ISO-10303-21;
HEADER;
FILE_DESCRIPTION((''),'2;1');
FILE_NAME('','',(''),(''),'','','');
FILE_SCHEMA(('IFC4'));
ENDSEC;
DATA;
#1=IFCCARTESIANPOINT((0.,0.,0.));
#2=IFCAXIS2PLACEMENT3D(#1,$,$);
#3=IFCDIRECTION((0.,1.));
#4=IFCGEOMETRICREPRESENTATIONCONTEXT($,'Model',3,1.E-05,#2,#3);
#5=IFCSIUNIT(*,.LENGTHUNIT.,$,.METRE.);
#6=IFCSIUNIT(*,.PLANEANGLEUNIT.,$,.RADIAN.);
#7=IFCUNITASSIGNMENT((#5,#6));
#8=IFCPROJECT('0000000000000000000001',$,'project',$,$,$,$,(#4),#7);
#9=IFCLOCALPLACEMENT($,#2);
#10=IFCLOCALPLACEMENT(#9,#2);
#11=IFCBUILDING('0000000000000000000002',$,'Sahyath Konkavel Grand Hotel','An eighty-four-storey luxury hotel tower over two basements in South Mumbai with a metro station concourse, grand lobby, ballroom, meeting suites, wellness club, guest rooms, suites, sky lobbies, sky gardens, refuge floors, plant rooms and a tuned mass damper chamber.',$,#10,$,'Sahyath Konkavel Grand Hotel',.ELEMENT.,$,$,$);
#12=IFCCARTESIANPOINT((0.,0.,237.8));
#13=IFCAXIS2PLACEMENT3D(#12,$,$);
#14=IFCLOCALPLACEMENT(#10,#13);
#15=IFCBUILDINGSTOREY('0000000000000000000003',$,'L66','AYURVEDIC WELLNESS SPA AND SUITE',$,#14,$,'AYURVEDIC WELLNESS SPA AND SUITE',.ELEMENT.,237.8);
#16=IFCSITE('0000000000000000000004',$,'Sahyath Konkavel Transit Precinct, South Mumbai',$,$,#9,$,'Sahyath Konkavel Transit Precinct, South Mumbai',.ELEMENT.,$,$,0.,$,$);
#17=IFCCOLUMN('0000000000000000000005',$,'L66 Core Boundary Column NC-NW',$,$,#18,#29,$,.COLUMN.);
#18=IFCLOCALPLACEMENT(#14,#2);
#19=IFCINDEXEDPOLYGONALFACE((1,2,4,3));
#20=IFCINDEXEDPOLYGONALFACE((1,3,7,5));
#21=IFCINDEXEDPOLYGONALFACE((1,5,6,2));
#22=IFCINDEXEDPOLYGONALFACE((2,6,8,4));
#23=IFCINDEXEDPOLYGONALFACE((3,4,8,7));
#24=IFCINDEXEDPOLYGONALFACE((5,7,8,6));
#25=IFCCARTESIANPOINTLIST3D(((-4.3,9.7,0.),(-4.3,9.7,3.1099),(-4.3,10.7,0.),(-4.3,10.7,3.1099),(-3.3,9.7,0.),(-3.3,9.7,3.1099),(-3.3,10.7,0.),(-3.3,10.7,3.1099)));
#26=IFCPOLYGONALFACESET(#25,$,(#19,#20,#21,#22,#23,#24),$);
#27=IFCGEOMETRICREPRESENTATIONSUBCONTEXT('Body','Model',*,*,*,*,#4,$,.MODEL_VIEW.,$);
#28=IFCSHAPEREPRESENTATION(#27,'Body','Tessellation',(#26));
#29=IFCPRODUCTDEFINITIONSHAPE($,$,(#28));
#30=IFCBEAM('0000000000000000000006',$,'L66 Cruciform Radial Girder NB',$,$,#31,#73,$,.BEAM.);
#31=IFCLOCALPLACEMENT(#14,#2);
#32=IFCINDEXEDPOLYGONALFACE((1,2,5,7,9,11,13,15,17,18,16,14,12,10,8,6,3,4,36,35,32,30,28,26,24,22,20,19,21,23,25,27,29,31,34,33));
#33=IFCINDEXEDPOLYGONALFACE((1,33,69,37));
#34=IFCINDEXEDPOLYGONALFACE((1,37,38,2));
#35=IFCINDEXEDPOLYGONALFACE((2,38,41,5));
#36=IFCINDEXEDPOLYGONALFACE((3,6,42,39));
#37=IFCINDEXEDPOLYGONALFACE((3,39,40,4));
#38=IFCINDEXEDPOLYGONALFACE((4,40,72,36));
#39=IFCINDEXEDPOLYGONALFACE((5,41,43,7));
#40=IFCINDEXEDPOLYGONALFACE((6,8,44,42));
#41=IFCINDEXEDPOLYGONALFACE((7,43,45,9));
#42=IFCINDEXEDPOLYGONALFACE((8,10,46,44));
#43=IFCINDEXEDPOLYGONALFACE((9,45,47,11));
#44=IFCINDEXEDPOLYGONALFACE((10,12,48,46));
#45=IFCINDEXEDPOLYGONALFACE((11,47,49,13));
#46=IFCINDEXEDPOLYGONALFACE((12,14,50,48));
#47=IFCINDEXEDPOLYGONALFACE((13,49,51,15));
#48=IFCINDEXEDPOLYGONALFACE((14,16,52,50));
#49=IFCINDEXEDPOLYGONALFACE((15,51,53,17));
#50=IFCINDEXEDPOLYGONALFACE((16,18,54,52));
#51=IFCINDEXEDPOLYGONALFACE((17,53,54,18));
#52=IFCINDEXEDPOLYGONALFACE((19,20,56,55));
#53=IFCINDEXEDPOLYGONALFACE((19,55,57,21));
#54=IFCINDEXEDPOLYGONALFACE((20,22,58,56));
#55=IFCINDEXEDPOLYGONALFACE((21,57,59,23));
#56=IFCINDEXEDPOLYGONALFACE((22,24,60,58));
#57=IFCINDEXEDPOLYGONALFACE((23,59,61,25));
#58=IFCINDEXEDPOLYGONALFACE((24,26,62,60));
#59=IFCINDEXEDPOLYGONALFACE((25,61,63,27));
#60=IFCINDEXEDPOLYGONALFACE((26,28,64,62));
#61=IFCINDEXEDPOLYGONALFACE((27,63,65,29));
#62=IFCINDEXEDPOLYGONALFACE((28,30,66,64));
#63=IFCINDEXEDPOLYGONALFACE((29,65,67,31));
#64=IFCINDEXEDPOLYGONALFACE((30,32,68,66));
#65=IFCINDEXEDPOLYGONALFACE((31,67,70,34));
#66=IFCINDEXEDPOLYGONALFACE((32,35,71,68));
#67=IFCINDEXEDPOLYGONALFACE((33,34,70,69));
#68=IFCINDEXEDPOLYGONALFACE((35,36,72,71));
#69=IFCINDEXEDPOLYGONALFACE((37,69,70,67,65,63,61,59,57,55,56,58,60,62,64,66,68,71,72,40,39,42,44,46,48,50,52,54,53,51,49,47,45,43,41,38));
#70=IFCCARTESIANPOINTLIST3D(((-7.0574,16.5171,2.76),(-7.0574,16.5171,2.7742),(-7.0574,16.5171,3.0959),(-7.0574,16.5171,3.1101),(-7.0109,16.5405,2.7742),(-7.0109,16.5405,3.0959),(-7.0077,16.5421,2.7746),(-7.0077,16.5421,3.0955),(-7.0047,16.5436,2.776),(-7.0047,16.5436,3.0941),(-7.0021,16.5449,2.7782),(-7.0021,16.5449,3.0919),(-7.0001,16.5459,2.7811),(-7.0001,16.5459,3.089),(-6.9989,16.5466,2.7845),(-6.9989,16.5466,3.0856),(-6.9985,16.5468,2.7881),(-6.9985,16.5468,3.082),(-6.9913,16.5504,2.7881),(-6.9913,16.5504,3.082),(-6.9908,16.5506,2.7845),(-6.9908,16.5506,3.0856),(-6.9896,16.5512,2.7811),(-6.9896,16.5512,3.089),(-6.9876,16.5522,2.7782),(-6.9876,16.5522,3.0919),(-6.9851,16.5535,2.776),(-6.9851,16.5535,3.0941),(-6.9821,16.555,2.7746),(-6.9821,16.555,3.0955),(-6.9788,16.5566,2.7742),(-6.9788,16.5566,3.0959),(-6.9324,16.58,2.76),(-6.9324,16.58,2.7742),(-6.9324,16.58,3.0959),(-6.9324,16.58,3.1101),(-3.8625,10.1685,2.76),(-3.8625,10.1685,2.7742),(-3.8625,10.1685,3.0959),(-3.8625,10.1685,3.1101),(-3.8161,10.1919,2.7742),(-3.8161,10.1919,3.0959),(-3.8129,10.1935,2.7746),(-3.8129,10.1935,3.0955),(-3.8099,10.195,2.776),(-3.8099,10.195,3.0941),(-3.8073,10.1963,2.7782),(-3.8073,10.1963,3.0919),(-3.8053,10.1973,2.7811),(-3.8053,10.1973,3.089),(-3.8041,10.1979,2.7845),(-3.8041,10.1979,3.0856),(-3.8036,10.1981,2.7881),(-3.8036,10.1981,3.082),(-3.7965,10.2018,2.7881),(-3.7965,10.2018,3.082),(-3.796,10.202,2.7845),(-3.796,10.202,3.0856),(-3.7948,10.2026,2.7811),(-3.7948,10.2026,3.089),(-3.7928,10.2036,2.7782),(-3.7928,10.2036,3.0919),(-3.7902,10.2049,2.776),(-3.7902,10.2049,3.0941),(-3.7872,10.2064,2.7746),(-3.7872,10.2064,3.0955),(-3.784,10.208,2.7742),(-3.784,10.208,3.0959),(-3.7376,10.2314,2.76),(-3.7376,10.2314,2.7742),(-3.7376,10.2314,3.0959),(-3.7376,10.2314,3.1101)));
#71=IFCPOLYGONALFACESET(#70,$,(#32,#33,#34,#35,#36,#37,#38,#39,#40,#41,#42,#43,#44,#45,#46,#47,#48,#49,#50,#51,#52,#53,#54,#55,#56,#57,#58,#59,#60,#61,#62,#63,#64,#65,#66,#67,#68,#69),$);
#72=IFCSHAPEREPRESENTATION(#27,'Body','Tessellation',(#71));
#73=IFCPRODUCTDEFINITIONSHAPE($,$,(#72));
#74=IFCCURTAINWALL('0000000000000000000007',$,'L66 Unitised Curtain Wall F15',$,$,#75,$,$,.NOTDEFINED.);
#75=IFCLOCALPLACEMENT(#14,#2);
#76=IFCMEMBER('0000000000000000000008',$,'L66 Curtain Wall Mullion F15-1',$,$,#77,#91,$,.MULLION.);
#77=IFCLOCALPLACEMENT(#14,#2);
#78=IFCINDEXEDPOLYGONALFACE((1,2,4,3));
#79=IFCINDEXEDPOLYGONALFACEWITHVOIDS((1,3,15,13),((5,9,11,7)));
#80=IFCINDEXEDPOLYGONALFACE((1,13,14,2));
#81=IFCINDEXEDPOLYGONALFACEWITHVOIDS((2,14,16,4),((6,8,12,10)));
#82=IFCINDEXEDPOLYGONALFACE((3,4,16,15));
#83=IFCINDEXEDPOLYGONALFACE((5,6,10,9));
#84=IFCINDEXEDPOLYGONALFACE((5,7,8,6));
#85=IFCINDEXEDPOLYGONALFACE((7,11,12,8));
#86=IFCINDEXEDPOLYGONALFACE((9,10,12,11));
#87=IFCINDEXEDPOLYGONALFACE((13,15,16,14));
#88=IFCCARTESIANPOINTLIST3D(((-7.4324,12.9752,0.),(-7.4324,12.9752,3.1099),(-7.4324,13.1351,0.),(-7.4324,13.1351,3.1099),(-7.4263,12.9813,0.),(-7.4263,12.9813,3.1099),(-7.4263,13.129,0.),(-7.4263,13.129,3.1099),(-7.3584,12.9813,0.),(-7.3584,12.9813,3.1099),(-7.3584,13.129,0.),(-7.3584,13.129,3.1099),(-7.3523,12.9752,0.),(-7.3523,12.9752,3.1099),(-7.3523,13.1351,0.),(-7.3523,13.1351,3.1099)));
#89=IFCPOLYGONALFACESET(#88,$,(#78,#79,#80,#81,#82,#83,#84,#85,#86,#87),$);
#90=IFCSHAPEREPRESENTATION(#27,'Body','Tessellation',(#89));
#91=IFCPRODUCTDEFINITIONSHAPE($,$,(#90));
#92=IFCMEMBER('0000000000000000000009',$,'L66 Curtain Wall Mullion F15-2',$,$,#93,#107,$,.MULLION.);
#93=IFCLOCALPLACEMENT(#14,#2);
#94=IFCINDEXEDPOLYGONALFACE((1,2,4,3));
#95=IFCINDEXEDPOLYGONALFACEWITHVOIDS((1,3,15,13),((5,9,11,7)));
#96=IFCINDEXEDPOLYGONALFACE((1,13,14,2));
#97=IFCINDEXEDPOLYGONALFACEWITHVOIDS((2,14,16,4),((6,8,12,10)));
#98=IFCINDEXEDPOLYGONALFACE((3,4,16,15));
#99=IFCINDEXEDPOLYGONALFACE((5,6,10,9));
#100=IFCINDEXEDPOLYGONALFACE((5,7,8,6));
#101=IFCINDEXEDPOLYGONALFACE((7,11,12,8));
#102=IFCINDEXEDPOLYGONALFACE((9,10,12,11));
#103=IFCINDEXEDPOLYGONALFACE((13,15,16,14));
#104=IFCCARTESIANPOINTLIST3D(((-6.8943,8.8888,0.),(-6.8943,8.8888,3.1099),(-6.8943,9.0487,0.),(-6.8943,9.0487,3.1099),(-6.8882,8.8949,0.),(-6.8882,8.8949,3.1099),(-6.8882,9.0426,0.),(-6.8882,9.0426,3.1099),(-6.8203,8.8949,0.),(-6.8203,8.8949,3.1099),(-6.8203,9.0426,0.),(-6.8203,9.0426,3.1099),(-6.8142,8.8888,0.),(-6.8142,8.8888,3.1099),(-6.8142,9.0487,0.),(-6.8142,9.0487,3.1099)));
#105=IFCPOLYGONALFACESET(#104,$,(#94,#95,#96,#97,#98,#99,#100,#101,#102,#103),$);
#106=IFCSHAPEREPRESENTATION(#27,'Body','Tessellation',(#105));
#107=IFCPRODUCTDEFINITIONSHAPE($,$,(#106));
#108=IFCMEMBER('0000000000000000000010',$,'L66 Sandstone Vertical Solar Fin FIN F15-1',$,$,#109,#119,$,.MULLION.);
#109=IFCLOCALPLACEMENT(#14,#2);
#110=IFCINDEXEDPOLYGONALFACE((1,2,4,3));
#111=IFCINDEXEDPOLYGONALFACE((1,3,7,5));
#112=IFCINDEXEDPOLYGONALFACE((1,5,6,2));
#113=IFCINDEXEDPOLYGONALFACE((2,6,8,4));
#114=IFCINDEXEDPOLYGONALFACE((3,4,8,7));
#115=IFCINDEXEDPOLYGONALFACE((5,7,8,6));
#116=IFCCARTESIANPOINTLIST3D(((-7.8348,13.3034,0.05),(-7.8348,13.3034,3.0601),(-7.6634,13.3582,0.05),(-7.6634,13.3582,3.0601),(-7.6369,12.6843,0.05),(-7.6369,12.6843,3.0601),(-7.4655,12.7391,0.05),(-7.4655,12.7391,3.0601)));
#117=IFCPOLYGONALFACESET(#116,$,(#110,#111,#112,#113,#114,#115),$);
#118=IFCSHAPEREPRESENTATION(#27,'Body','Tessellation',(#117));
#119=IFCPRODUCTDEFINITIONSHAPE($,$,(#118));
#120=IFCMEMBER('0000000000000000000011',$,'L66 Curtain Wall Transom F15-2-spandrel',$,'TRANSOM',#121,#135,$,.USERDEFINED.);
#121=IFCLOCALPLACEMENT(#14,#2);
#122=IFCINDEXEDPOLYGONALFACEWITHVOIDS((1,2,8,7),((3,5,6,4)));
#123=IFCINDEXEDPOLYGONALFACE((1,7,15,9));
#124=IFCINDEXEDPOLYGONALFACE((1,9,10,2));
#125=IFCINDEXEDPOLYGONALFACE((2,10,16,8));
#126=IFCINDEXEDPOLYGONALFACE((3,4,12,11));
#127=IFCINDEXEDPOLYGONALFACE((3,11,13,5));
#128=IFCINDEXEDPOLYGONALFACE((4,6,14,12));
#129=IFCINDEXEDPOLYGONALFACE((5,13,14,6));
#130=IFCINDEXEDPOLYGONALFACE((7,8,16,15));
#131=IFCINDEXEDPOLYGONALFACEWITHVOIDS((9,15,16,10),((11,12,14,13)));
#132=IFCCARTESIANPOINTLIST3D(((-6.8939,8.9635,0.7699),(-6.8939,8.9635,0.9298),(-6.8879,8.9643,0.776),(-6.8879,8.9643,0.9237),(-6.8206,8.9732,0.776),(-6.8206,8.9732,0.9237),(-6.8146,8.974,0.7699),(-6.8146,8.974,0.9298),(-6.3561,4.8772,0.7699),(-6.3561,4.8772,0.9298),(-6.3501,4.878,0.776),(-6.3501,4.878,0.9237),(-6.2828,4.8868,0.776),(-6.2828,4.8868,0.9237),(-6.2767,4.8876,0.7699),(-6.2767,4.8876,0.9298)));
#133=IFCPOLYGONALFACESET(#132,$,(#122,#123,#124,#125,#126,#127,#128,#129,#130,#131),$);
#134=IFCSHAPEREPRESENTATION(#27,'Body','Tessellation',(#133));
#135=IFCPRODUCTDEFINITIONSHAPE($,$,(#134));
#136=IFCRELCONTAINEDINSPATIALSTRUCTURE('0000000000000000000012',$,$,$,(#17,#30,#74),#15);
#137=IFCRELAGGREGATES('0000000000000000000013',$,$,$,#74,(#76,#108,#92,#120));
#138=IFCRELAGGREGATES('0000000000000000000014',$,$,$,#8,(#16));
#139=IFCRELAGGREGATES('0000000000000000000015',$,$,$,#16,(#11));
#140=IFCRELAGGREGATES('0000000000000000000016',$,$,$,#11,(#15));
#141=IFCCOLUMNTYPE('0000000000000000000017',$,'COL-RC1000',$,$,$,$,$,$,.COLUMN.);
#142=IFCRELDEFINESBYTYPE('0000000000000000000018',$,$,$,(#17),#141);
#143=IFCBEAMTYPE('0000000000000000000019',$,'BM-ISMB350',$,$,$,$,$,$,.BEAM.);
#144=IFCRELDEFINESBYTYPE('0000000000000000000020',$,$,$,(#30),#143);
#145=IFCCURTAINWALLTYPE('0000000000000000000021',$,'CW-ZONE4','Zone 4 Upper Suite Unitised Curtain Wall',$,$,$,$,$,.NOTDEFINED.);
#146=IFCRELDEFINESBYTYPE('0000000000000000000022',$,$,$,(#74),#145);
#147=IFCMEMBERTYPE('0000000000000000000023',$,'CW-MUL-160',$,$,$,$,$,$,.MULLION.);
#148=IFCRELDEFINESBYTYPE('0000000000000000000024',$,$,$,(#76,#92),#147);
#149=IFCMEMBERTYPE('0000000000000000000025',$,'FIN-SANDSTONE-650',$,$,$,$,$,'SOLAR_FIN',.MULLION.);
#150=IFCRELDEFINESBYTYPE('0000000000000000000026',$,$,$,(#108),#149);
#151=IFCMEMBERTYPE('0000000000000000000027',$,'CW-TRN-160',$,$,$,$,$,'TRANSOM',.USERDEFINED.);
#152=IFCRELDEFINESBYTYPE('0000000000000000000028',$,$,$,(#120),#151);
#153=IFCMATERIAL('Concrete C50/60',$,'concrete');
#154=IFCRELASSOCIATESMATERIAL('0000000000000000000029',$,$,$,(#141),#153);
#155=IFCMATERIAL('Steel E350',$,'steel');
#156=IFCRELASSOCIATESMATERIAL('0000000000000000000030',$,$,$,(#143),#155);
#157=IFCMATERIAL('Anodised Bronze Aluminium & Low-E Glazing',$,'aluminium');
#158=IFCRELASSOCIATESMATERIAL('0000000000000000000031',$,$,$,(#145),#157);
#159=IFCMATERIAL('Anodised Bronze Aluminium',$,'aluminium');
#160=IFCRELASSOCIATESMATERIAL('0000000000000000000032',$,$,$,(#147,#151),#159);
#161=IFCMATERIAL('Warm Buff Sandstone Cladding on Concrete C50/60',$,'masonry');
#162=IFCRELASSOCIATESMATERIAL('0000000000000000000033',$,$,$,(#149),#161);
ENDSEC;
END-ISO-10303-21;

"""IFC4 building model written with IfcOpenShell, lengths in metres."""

from ifc_helpers import new_model, si_unit, direction, frame, origin, origin_2d, place, context, subcontext, project, spatial, rectangle, hollow_rectangle, i_section, extrude, source, transform, mapped, material, material_profile, profile_set, type_object, element, aggregate, save


model = new_model("IFC4")

# Units and contexts
model_context = context("Model", 3, precision=1e-05, world=origin(), true_north=direction((0.0, 1.0)))
body_context = subcontext(model_context, "Body", "Model", "MODEL_VIEW")
ifc_project = project(units=[si_unit("LENGTHUNIT", "METRE"), si_unit("PLANEANGLEUNIT", "RADIAN")], contexts=[model_context])

# Site, building, storey
site_placement = place(None, origin())
site = spatial("IfcSite", under=ifc_project, at=site_placement, Name="Sahyath Konkavel Transit Precinct, South Mumbai", LongName="Sahyath Konkavel Transit Precinct, South Mumbai", CompositionType="ELEMENT", RefElevation=0.0)
building_placement = place(site_placement, origin())
building = spatial("IfcBuilding", under=site, at=building_placement, Name="Sahyath Konkavel Grand Hotel", Description="An eighty-four-storey luxury hotel tower over two basements in South Mumbai with a metro station concourse, grand lobby, ballroom, meeting suites, wellness club, guest rooms, suites, sky lobbies, sky gardens, refuge floors, plant rooms and a tuned mass damper chamber.", LongName="Sahyath Konkavel Grand Hotel", CompositionType="ELEMENT")
storey_placement = place(building_placement, frame((0.0, 0.0, 237.8)))
storey = spatial("IfcBuildingStorey", under=building, at=storey_placement, Name="L66", Description="AYURVEDIC WELLNESS SPA AND SUITE", LongName="AYURVEDIC WELLNESS SPA AND SUITE", CompositionType="ELEMENT", Elevation=237.8)

# Column
ifc_material_1 = material(Name="Concrete C50/60", Category="concrete")
ifc_material_profile_1 = material_profile(ifc_material_1, rectangle(XDim=1.0, YDim=1.0, at=origin_2d()), Name="RC 1000x1000")
ifc_profile_set_1 = profile_set([ifc_material_profile_1], Name="Concrete C50/60")
column_type = type_object("IfcColumnType", Name="COL-RC1000", PredefinedType="COLUMN", material=ifc_profile_set_1)
shared_shape_1 = source(origin(), body_context, "Body", "SweptSolid", [
    extrude(rectangle(XDim=1.0, YDim=1.0, at=origin_2d()), origin(), (0.0, 0.0, 1.0), 3.1099),
])
column_placement = place(storey_placement, frame((-3.8, 10.2, 0.0), z_axis=(0.0, 0.0, 1.0), x_axis=(1.0, 0.0, 0.0)))
element("IfcColumn", 1, at=column_placement, inside=storey, type_object=column_type, Name="L66 Core Boundary Column NC-NW", PredefinedType="COLUMN", context=body_context, shape_type="MappedRepresentation", body=[
    mapped(shared_shape_1, transform((0.0, 0.0, 0.0), scale=1.0)),
])

# Beam
ifc_material_2 = material(Name="Steel E350", Category="steel")
ifc_material_profile_2 = material_profile(ifc_material_2, i_section(OverallWidth=0.1399, OverallDepth=0.3501, WebThickness=0.0081, FlangeThickness=0.0142, FilletRadius=0.0139, at=origin_2d()), Name="ISMB 350")
ifc_profile_set_2 = profile_set([ifc_material_profile_2], Name="Steel E350")
beam_type_1 = type_object("IfcBeamType", Name="BM-ISMB350", PredefinedType="BEAM", material=ifc_profile_set_2)
shared_shape_2 = source(origin(), body_context, "Body", "SweptSolid", [
    extrude(i_section(OverallWidth=0.1399, OverallDepth=0.3501, WebThickness=0.0081, FlangeThickness=0.0142, FilletRadius=0.0139, at=origin_2d()), origin(), (0.0, 0.0, 1.0), 7.1072),
])
beam_1_placement = place(storey_placement, frame((-3.8, 10.2, 2.9351), z_axis=(-0.449521, 0.89327, 0.0), x_axis=(-0.89327, -0.449521, 0.0)))
element("IfcBeam", 2, at=beam_1_placement, inside=storey, type_object=beam_type_1, Name="L66 Cruciform Radial Girder NB", PredefinedType="BEAM", context=body_context, shape_type="MappedRepresentation", body=[
    mapped(shared_shape_2, transform((0.0, 0.0, 0.0), scale=1.0)),
])

# Curtain wall, members
ifc_material_3 = material(Name="Anodised Bronze Aluminium & Low-E Glazing", Category="aluminium")
curtain_wall_type = type_object("IfcCurtainWallType", Name="CW-ZONE4", Description="Zone 4 Upper Suite Unitised Curtain Wall", PredefinedType="NOTDEFINED", material=ifc_material_3)
curtain_wall_placement = place(storey_placement, origin())
curtain_wall = element("IfcCurtainWall", 3, at=curtain_wall_placement, inside=storey, type_object=curtain_wall_type, Name="L66 Unitised Curtain Wall F15", PredefinedType="NOTDEFINED")
ifc_material_4 = material(Name="Anodised Bronze Aluminium", Category="aluminium")
ifc_material_profile_3 = material_profile(ifc_material_4, hollow_rectangle(XDim=0.0801, YDim=0.1599, WallThickness=0.0061, at=origin_2d()), Name="RHS 160x80x6")
ifc_profile_set_3 = profile_set([ifc_material_profile_3], Name="Anodised Bronze Aluminium")
member_type_1 = type_object("IfcMemberType", Name="CW-MUL-160", PredefinedType="MULLION", material=ifc_profile_set_3)
shared_shape_3 = source(origin(), body_context, "Body", "SweptSolid", [
    extrude(hollow_rectangle(XDim=0.0801, YDim=0.1599, WallThickness=0.0061, at=origin_2d()), origin(), (0.0, 0.0, 1.0), 3.1099),
])
member_1_placement = place(storey_placement, frame((-7.3923, 13.0552, 0.0), z_axis=(0.0, 0.0, 1.0), x_axis=(1.0, 0.0, 0.0)))
member_1 = element("IfcMember", 4, at=member_1_placement, type_object=member_type_1, Name="L66 Curtain Wall Mullion F15-1", PredefinedType="MULLION", context=body_context, shape_type="MappedRepresentation", body=[
    mapped(shared_shape_3, transform((0.0, 0.0, 0.0), scale=1.0)),
])
member_2_placement = place(storey_placement, frame((-6.8542, 8.9688, 0.0), z_axis=(0.0, 0.0, 1.0), x_axis=(1.0, 0.0, 0.0)))
member_2 = element("IfcMember", 5, at=member_2_placement, type_object=member_type_1, Name="L66 Curtain Wall Mullion F15-2", PredefinedType="MULLION", context=body_context, shape_type="MappedRepresentation", body=[
    mapped(shared_shape_3, transform((0.0, 0.0, 0.0), scale=1.0)),
])
ifc_material_5 = material(Name="Warm Buff Sandstone Cladding on Concrete C50/60", Category="masonry")
ifc_material_profile_4 = material_profile(ifc_material_5, rectangle(XDim=0.1799, YDim=0.6499, at=origin_2d()), Name="FIN 180x650")
ifc_profile_set_4 = profile_set([ifc_material_profile_4], Name="Warm Buff Sandstone Cladding on Concrete C50/60")
member_type_2 = type_object("IfcMemberType", Name="FIN-SANDSTONE-650", ElementType="SOLAR_FIN", PredefinedType="MULLION", material=ifc_profile_set_4)
shared_shape_4 = source(origin(), body_context, "Body", "SweptSolid", [
    extrude(rectangle(XDim=0.1799, YDim=0.6499, at=origin_2d()), origin(), (0.0, 0.0, 1.0), 3.01),
])
member_3_placement = place(storey_placement, frame((-7.6501, 13.0212, 0.05), z_axis=(0.0, 0.0, 1.0), x_axis=(0.952502, 0.304532, 0.0)))
member_3 = element("IfcMember", 6, at=member_3_placement, type_object=member_type_2, Name="L66 Sandstone Vertical Solar Fin FIN F15-1", PredefinedType="MULLION", context=body_context, shape_type="MappedRepresentation", body=[
    mapped(shared_shape_4, transform((0.0, 0.0, 0.0), scale=1.0)),
])
ifc_material_profile_5 = material_profile(ifc_material_4, hollow_rectangle(XDim=0.0801, YDim=0.1599, WallThickness=0.0061, at=origin_2d()), Name="RHS 160x80x6")
ifc_profile_set_5 = profile_set([ifc_material_profile_5], Name="Anodised Bronze Aluminium")
member_type_3 = type_object("IfcMemberType", Name="CW-TRN-160", ElementType="TRANSOM", PredefinedType="USERDEFINED", material=ifc_profile_set_5)
shared_shape_5 = source(origin(), body_context, "Body", "SweptSolid", [
    extrude(hollow_rectangle(XDim=0.0801, YDim=0.1599, WallThickness=0.0061, at=origin_2d()), origin(), (0.0, 0.0, 1.0), 4.1216),
])
member_4_placement = place(storey_placement, frame((-6.8542, 8.9688, 0.8499), z_axis=(0.130491, -0.991449, 0.0), x_axis=(0.991449, 0.130491, 0.0)))
member_4 = element("IfcMember", 7, at=member_4_placement, type_object=member_type_3, Name="L66 Curtain Wall Transom F15-2-spandrel", ObjectType="TRANSOM", PredefinedType="USERDEFINED", context=body_context, shape_type="MappedRepresentation", body=[
    mapped(shared_shape_5, transform((0.0, 0.0, 0.0), scale=1.0)),
])

aggregate(curtain_wall, [member_1, member_3, member_2, member_4])

save(model, "model.ifc")
